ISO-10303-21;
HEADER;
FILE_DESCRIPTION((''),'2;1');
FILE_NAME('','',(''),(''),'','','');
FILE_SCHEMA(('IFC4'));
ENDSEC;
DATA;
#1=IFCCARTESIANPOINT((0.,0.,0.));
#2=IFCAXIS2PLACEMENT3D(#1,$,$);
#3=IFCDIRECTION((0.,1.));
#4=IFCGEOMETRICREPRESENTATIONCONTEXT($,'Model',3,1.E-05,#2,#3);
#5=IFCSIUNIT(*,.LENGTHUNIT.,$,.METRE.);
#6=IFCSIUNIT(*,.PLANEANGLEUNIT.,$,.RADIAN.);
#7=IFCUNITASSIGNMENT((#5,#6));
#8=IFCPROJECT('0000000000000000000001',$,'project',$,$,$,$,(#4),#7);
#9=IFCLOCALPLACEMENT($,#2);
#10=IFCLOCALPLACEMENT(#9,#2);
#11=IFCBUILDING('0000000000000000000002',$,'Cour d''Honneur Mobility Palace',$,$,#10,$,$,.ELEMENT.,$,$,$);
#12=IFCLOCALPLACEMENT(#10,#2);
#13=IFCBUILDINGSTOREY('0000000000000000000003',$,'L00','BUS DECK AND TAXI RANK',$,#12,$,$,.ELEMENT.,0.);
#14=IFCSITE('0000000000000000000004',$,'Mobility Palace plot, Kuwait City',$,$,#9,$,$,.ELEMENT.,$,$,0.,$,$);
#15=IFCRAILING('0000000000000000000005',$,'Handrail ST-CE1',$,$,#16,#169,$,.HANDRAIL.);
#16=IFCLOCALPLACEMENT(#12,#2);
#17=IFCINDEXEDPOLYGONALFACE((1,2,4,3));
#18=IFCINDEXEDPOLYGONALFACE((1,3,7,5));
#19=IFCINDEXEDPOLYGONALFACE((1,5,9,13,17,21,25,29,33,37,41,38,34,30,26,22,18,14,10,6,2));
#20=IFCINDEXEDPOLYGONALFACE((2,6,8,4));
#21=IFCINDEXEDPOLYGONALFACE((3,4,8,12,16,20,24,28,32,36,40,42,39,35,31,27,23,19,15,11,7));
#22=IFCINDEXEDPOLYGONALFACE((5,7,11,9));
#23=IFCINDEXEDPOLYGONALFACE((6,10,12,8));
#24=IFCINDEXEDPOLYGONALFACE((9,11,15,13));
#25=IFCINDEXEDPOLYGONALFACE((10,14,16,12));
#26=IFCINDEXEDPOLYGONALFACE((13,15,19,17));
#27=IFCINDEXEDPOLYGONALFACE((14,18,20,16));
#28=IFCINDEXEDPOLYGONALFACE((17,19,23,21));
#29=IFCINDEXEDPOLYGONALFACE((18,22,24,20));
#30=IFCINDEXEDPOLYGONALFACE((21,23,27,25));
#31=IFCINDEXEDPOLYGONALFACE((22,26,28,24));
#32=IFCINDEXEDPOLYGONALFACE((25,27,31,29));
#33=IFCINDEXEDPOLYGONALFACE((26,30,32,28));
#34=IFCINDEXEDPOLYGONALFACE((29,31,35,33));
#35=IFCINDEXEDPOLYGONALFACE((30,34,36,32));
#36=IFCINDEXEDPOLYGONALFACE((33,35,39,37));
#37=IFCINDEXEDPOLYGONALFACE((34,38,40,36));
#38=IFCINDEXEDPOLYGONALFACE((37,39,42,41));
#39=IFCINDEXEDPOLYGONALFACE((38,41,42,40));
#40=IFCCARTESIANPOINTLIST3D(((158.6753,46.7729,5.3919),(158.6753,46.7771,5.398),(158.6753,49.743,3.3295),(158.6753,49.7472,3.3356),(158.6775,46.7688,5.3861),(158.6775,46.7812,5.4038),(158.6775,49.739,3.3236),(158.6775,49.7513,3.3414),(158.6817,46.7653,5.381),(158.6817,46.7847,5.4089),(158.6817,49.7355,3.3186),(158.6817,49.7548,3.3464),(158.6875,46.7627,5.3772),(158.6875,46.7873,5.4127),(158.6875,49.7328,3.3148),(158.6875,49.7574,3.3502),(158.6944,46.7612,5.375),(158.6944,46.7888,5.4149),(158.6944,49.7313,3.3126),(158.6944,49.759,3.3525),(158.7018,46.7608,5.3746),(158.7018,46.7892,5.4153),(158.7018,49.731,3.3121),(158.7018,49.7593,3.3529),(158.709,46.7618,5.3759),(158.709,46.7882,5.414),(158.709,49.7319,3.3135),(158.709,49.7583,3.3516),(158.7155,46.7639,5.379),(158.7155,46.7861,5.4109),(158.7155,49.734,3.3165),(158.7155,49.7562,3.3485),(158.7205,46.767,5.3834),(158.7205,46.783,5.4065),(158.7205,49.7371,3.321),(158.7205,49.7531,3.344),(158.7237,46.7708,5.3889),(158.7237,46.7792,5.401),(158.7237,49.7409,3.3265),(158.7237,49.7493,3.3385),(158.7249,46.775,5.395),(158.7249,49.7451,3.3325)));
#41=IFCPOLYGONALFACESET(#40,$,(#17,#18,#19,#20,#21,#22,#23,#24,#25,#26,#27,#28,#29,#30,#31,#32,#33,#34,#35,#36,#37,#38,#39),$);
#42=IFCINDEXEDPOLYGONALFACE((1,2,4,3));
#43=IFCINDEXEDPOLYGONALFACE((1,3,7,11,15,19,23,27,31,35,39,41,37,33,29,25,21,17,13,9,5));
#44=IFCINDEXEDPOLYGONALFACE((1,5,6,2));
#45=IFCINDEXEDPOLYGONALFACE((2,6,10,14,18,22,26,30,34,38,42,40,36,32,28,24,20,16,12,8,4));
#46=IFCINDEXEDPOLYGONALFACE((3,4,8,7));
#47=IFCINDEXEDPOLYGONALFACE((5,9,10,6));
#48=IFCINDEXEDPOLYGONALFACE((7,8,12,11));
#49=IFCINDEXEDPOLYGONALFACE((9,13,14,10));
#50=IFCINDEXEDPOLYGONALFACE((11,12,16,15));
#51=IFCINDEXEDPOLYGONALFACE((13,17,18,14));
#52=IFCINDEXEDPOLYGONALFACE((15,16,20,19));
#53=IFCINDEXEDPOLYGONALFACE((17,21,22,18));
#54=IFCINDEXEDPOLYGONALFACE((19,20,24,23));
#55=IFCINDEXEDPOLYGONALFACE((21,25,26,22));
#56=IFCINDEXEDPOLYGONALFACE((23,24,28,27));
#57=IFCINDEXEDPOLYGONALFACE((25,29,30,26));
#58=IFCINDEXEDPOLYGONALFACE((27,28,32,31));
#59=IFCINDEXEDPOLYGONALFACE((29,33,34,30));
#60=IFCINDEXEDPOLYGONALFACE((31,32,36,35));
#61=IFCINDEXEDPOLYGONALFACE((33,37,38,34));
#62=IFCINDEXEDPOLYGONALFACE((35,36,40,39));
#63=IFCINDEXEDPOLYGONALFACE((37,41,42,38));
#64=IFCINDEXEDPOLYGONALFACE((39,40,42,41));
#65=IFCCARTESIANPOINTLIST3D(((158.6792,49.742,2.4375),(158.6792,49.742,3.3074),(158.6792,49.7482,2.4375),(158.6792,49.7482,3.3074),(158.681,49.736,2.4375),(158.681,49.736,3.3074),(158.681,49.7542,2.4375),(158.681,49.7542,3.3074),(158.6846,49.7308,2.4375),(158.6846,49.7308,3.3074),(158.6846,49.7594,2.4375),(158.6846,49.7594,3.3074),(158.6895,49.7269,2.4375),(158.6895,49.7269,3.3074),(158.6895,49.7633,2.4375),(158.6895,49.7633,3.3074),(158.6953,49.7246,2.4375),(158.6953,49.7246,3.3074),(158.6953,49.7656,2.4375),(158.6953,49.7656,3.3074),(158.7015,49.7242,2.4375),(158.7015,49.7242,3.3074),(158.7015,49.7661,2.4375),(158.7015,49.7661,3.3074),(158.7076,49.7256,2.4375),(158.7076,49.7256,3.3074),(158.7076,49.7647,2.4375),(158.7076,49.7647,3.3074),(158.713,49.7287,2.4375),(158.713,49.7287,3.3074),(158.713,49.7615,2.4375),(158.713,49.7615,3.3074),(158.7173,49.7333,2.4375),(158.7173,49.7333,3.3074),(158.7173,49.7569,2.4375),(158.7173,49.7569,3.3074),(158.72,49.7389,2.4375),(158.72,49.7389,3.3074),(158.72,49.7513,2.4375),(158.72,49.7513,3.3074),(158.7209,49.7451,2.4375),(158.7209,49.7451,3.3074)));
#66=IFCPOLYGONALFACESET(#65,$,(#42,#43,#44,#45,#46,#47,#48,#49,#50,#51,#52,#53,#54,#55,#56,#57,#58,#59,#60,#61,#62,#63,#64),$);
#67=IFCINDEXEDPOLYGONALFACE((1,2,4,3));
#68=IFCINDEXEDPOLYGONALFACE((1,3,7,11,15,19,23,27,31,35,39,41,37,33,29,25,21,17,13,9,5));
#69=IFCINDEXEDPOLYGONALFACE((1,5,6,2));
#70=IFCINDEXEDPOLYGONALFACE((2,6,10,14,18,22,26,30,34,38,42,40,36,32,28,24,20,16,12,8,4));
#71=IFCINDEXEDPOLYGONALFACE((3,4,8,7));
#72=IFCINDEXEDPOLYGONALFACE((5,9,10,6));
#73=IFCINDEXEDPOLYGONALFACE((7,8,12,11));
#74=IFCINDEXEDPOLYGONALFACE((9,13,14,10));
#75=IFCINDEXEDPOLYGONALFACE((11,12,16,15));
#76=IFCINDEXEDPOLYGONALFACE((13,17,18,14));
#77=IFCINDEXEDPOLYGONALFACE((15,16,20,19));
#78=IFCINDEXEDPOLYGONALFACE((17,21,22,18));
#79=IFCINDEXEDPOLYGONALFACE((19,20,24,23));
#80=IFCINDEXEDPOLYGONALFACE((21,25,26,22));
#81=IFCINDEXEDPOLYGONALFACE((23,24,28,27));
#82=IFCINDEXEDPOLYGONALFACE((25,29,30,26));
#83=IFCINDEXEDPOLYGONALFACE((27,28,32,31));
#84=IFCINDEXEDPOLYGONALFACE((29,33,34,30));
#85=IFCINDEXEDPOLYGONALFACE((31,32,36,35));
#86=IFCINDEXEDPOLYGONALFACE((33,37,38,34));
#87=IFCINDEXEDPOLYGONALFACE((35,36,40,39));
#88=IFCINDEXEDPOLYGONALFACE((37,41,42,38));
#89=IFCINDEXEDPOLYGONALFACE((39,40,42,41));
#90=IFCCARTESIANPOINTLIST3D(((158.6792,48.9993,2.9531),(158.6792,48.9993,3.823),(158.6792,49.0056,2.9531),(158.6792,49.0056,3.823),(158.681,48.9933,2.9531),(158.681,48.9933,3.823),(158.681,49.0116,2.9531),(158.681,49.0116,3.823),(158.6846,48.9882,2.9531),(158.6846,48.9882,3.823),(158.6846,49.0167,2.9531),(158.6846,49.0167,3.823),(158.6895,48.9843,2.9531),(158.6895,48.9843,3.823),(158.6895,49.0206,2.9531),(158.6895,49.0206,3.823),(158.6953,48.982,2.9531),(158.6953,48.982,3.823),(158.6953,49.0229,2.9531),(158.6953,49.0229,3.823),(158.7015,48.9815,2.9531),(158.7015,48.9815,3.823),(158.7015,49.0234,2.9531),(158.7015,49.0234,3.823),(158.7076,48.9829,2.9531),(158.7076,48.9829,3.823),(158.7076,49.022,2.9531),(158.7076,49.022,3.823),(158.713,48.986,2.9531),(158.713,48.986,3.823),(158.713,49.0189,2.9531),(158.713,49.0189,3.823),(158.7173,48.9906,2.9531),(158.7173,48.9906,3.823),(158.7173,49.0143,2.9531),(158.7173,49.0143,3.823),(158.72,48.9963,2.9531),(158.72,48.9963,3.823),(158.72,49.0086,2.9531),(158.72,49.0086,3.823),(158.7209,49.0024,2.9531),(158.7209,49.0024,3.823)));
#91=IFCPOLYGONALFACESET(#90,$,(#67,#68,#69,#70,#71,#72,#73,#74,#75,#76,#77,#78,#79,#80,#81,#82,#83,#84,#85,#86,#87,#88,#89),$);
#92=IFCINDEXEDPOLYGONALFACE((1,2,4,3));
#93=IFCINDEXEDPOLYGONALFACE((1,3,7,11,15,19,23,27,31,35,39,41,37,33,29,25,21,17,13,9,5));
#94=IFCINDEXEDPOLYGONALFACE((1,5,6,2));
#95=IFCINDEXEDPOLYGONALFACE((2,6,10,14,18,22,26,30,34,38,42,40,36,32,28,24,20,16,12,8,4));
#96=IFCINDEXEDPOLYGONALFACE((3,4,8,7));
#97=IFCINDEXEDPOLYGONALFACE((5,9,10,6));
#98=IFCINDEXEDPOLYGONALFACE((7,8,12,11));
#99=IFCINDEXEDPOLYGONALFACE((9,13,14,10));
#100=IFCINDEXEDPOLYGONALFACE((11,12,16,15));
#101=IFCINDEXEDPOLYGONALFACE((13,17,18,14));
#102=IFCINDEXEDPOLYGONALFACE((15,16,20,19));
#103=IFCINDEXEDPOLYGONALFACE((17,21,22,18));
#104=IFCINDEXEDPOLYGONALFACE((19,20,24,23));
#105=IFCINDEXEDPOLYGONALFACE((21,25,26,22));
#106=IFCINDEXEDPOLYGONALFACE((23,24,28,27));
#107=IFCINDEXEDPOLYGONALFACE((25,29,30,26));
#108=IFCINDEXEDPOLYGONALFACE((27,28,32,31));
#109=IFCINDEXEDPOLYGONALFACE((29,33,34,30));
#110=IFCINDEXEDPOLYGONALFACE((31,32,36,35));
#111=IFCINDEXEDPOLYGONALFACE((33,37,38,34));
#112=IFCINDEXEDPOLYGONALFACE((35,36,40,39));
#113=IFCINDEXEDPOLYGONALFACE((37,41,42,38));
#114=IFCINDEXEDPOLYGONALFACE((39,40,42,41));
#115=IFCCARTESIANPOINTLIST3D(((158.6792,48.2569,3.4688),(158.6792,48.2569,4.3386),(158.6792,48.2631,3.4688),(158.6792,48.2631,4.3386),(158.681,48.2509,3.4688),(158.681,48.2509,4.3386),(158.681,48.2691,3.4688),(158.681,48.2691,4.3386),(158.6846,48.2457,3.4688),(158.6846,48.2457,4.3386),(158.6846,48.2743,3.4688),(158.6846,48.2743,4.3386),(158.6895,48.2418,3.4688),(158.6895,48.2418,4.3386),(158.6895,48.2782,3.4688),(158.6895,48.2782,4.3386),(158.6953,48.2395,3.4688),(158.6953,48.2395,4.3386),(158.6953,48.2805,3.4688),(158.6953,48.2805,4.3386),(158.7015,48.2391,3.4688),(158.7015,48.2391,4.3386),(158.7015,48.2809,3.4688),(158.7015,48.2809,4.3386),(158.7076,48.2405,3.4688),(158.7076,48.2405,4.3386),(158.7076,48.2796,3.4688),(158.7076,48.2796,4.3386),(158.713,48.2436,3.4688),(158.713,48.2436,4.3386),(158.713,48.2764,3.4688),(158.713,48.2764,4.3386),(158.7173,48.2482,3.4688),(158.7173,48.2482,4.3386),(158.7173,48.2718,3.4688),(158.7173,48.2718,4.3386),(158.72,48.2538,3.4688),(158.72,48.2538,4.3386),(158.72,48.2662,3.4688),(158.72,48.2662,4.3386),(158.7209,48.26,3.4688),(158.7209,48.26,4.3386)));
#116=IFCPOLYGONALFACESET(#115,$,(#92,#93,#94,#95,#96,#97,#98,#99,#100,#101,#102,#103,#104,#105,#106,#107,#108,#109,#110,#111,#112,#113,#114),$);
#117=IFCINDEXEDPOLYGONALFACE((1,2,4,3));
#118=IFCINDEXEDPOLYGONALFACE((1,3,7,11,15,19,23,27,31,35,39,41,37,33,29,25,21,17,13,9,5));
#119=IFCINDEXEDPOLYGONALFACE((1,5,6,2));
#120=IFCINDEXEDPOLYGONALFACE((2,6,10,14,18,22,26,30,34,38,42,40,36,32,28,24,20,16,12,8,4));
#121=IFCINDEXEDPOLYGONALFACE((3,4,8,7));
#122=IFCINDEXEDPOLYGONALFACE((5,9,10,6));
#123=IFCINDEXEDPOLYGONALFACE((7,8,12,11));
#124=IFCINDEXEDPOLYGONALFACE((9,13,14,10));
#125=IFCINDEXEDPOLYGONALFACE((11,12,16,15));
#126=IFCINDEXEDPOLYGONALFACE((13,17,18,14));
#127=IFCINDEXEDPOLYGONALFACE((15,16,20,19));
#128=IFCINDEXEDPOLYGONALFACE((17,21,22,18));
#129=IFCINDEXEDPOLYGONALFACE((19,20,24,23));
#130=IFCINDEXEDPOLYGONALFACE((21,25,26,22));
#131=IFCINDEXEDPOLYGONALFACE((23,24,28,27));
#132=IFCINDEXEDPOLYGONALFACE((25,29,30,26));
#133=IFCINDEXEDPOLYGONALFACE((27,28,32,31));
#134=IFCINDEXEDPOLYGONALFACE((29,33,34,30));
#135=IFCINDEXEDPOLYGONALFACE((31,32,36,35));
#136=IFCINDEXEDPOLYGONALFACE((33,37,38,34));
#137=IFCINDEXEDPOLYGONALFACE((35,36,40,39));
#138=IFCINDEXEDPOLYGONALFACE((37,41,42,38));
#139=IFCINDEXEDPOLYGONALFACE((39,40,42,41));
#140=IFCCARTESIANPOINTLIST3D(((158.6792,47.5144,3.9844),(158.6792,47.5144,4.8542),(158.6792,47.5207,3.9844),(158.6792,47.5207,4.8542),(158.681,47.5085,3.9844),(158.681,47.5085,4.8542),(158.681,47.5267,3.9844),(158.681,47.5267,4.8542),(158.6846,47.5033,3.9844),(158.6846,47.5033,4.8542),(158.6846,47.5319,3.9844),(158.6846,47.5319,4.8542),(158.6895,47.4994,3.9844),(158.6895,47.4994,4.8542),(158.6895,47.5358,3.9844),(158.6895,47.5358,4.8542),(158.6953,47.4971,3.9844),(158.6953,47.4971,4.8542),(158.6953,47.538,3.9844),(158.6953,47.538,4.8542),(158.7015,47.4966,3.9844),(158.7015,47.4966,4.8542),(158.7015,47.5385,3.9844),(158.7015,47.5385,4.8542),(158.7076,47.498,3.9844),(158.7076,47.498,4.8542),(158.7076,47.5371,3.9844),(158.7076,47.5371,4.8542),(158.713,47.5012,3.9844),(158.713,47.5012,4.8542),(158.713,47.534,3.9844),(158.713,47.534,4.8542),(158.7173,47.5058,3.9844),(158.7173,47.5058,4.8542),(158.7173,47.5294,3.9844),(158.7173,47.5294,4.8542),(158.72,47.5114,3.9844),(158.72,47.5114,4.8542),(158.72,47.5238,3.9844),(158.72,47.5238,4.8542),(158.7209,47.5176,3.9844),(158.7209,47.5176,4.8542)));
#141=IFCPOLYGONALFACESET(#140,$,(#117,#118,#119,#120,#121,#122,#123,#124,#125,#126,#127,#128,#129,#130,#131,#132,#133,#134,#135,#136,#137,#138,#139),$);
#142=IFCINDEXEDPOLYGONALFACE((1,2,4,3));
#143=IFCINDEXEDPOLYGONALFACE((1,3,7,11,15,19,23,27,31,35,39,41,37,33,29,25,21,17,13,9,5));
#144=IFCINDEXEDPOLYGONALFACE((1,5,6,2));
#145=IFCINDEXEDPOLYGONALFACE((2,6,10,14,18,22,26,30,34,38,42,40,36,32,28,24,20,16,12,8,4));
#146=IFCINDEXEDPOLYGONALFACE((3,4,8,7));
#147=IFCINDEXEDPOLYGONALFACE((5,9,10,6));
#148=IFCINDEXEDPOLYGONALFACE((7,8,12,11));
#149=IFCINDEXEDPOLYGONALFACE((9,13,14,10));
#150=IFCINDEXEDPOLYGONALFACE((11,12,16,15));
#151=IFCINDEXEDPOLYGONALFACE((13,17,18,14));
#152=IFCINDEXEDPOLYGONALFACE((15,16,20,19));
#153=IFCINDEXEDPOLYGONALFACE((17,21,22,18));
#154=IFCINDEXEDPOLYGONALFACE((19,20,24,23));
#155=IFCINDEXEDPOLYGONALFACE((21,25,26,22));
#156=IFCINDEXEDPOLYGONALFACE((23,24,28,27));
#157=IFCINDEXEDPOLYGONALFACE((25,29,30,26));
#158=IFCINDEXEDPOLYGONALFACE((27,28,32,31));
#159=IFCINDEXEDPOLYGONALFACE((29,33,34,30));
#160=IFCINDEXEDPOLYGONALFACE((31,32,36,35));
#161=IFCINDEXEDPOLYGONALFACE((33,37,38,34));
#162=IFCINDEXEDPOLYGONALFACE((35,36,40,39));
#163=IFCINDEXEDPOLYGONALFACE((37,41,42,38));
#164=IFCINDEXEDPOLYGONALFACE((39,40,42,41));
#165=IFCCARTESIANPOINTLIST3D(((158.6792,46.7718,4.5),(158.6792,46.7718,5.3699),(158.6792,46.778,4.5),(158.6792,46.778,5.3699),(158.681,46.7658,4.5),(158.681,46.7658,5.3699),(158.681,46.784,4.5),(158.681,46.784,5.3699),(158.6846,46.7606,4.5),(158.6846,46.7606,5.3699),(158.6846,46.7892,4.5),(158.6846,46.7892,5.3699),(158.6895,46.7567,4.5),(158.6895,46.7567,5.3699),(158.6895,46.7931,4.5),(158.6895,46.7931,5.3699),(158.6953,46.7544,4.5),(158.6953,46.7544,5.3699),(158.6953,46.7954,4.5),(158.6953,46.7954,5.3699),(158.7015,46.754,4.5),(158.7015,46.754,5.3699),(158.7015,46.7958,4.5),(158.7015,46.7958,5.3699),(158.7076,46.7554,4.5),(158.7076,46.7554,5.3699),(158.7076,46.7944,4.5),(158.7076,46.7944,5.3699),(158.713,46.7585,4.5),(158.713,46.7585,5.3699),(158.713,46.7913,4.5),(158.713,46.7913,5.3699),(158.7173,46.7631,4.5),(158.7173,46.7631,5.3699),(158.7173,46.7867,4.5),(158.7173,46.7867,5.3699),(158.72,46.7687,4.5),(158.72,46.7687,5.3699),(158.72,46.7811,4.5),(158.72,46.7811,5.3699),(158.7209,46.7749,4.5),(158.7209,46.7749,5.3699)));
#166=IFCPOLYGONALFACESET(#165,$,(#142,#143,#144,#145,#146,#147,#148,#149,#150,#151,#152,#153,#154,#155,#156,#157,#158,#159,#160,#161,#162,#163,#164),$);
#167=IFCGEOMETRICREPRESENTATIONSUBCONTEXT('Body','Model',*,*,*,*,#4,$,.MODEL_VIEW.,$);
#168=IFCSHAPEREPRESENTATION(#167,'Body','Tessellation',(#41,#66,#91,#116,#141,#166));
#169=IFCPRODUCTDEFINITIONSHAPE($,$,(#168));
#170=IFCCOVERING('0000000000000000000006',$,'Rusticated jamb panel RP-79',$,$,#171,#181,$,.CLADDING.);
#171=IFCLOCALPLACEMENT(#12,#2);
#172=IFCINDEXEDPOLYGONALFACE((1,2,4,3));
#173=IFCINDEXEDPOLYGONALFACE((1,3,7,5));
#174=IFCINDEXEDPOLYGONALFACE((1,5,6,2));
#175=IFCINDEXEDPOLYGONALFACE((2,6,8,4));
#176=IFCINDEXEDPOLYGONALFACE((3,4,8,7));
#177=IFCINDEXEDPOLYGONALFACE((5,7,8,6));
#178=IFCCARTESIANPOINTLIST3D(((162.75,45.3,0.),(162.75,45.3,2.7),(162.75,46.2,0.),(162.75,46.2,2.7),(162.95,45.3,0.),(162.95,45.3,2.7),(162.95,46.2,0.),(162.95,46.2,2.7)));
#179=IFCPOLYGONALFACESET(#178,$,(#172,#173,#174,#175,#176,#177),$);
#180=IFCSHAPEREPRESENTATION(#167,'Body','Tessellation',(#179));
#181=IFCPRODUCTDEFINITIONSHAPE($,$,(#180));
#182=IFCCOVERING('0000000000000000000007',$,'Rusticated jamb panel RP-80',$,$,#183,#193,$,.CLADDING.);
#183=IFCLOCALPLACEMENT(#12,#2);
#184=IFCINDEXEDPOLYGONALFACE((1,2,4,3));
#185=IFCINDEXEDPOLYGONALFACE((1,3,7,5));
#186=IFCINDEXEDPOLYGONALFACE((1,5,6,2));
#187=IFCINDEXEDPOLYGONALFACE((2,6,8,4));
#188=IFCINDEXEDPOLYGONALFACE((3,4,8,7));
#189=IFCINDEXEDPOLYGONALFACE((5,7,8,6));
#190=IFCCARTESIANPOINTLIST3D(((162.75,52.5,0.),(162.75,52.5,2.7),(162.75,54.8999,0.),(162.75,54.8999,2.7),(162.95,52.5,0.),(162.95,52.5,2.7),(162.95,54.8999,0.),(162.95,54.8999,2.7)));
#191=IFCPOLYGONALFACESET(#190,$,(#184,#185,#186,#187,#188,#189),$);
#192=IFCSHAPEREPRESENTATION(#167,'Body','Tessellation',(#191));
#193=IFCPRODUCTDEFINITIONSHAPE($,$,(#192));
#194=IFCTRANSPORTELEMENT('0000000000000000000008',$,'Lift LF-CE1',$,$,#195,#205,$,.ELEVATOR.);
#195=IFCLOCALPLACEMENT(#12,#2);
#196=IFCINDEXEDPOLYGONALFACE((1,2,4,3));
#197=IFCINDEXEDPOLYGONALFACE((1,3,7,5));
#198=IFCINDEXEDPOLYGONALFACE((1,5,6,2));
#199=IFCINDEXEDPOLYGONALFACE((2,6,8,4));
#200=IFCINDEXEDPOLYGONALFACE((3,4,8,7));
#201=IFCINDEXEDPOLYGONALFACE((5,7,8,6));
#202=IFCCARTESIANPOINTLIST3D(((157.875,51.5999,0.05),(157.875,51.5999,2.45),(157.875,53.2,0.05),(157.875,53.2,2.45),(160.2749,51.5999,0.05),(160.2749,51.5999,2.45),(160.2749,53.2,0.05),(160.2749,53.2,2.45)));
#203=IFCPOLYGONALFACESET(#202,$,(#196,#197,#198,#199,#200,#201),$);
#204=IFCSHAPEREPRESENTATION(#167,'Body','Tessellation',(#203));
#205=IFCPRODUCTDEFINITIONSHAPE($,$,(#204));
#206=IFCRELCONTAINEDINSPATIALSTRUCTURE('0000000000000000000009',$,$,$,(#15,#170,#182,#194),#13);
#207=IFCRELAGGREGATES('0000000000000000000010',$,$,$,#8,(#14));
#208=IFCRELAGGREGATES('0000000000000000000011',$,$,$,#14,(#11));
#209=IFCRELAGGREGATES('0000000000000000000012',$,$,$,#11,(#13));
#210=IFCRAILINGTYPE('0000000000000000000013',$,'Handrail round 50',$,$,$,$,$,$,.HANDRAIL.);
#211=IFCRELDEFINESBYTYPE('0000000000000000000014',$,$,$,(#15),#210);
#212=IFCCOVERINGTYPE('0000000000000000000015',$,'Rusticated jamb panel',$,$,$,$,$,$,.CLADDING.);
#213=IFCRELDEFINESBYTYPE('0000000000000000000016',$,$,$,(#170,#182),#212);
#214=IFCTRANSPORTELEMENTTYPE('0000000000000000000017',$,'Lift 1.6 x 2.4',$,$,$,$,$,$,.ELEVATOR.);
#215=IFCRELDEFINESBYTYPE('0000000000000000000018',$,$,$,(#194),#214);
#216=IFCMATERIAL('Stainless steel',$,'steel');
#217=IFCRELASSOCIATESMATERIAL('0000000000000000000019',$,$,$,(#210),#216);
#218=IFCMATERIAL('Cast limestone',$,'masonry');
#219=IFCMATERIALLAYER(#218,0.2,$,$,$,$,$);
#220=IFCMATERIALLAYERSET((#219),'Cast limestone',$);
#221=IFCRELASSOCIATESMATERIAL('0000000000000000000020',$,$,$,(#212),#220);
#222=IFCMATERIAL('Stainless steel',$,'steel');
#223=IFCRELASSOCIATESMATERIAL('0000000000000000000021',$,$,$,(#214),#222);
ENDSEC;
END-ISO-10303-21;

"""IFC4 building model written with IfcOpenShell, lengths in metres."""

from ifc_helpers import new_model, si_unit, direction, frame, origin, origin_2d, place, context, subcontext, project, spatial, polyline, rectangle, circle, outline, extrude, material, layer, layer_set, type_object, element, save


model = new_model("IFC4")

# Units and contexts
model_context = context("Model", 3, precision=1e-05, world=origin(), true_north=direction((0.0, 1.0)))
body_context = subcontext(model_context, "Body", "Model", "MODEL_VIEW")
ifc_project = project(units=[si_unit("LENGTHUNIT", "METRE"), si_unit("PLANEANGLEUNIT", "RADIAN")], contexts=[model_context])

# Site, building, storey
site_placement = place(None, origin())
site = spatial("IfcSite", under=ifc_project, at=site_placement, Name="Mobility Palace plot, Kuwait City", CompositionType="ELEMENT", RefElevation=0.0)
building_placement = place(site_placement, origin())
building = spatial("IfcBuilding", under=site, at=building_placement, Name="Cour d'Honneur Mobility Palace", CompositionType="ELEMENT")
storey_placement = place(building_placement, origin())
storey = spatial("IfcBuildingStorey", under=building, at=storey_placement, Name="L00", Description="BUS DECK AND TAXI RANK", CompositionType="ELEMENT", Elevation=0.0)

# Railing
ifc_material_1 = material(Name="Stainless steel", Category="steel")
railing_type_1 = type_object("IfcRailingType", Name="Handrail round 50", PredefinedType="HANDRAIL", material=ifc_material_1)
railing_1_placement = place(storey_placement, frame((158.7, 49.7451, 2.4375)))
element("IfcRailing", 1, at=railing_1_placement, inside=storey, type_object=railing_type_1, Name="Handrail ST-CE1", PredefinedType="HANDRAIL", context=body_context, shape_type="SweptSolid", body=[
    extrude(circle(Radius=0.0249, at=origin_2d()), frame((0.0, 0.0, 0.895), z_axis=(0.0, -0.821389, 0.570368), x_axis=(1.0, 0.0, 0.0)), (0.0, 0.0, 1.0), 3.616),
    extrude(circle(Radius=0.021, at=origin_2d()), origin(), (0.0, 0.0, 1.0), 0.8699),
    extrude(circle(Radius=0.021, at=origin_2d()), frame((0.0, -0.7427, 0.5156)), (0.0, 0.0, 1.0), 0.8699),
    extrude(circle(Radius=0.021, at=origin_2d()), frame((0.0, -1.4851, 1.0312)), (0.0, 0.0, 1.0), 0.8699),
    extrude(circle(Radius=0.021, at=origin_2d()), frame((0.0, -2.2275, 1.5469)), (0.0, 0.0, 1.0), 0.8699),
    extrude(circle(Radius=0.021, at=origin_2d()), frame((0.0, -2.9702, 2.0625)), (0.0, 0.0, 1.0), 0.8699),
])

# Coverings
ifc_material_2 = material(Name="Cast limestone", Category="masonry")
ifc_layer_1 = layer(ifc_material_2, 0.2)
ifc_layer_set_1 = layer_set([ifc_layer_1], Name="Cast limestone")
covering_type_1 = type_object("IfcCoveringType", Name="Rusticated jamb panel", PredefinedType="CLADDING", material=ifc_layer_set_1)
covering_1_placement = place(storey_placement, frame((162.95, 45.3, 0.0), z_axis=(1.0, 0.0, 0.0), x_axis=(0.0, 1.0, 0.0)))
element("IfcCovering", 2, at=covering_1_placement, inside=storey, type_object=covering_type_1, Name="Rusticated jamb panel RP-79", PredefinedType="CLADDING", context=body_context, shape_type="SweptSolid", body=[
    extrude(outline(polyline([(0.0, 0.0), (0.8999, 0.0), (0.8999, 2.7), (0.0, 2.7), (0.0, 0.0)])), origin(), (0.0, 0.0, -1.0), 0.2),
])
covering_2_placement = place(storey_placement, frame((162.95, 52.5, 0.0), z_axis=(1.0, 0.0, 0.0), x_axis=(0.0, 1.0, 0.0)))
element("IfcCovering", 3, at=covering_2_placement, inside=storey, type_object=covering_type_1, Name="Rusticated jamb panel RP-80", PredefinedType="CLADDING", context=body_context, shape_type="SweptSolid", body=[
    extrude(outline(polyline([(0.0, 0.0), (2.3999, 0.0), (2.3999, 2.7), (0.0, 2.7), (0.0, 0.0)])), origin(), (0.0, 0.0, -1.0), 0.2),
])

# Transport element
ifc_material_3 = material(Name="Stainless steel", Category="steel")
transport_element_type = type_object("IfcTransportElementType", Name="Lift 1.6 x 2.4", PredefinedType="ELEVATOR", material=ifc_material_3)
transport_element_placement = place(storey_placement, frame((159.075, 52.3999, 0.05), z_axis=(0.0, 0.0, 1.0), x_axis=(1.0, 0.0, 0.0)))
element("IfcTransportElement", 4, at=transport_element_placement, inside=storey, type_object=transport_element_type, Name="Lift LF-CE1", PredefinedType="ELEVATOR", context=body_context, shape_type="SweptSolid", body=[
    extrude(rectangle(XDim=2.3999, YDim=1.6001, at=origin_2d()), origin(), (0.0, 0.0, 1.0), 2.3999),
])

save(model, "model.ifc")
